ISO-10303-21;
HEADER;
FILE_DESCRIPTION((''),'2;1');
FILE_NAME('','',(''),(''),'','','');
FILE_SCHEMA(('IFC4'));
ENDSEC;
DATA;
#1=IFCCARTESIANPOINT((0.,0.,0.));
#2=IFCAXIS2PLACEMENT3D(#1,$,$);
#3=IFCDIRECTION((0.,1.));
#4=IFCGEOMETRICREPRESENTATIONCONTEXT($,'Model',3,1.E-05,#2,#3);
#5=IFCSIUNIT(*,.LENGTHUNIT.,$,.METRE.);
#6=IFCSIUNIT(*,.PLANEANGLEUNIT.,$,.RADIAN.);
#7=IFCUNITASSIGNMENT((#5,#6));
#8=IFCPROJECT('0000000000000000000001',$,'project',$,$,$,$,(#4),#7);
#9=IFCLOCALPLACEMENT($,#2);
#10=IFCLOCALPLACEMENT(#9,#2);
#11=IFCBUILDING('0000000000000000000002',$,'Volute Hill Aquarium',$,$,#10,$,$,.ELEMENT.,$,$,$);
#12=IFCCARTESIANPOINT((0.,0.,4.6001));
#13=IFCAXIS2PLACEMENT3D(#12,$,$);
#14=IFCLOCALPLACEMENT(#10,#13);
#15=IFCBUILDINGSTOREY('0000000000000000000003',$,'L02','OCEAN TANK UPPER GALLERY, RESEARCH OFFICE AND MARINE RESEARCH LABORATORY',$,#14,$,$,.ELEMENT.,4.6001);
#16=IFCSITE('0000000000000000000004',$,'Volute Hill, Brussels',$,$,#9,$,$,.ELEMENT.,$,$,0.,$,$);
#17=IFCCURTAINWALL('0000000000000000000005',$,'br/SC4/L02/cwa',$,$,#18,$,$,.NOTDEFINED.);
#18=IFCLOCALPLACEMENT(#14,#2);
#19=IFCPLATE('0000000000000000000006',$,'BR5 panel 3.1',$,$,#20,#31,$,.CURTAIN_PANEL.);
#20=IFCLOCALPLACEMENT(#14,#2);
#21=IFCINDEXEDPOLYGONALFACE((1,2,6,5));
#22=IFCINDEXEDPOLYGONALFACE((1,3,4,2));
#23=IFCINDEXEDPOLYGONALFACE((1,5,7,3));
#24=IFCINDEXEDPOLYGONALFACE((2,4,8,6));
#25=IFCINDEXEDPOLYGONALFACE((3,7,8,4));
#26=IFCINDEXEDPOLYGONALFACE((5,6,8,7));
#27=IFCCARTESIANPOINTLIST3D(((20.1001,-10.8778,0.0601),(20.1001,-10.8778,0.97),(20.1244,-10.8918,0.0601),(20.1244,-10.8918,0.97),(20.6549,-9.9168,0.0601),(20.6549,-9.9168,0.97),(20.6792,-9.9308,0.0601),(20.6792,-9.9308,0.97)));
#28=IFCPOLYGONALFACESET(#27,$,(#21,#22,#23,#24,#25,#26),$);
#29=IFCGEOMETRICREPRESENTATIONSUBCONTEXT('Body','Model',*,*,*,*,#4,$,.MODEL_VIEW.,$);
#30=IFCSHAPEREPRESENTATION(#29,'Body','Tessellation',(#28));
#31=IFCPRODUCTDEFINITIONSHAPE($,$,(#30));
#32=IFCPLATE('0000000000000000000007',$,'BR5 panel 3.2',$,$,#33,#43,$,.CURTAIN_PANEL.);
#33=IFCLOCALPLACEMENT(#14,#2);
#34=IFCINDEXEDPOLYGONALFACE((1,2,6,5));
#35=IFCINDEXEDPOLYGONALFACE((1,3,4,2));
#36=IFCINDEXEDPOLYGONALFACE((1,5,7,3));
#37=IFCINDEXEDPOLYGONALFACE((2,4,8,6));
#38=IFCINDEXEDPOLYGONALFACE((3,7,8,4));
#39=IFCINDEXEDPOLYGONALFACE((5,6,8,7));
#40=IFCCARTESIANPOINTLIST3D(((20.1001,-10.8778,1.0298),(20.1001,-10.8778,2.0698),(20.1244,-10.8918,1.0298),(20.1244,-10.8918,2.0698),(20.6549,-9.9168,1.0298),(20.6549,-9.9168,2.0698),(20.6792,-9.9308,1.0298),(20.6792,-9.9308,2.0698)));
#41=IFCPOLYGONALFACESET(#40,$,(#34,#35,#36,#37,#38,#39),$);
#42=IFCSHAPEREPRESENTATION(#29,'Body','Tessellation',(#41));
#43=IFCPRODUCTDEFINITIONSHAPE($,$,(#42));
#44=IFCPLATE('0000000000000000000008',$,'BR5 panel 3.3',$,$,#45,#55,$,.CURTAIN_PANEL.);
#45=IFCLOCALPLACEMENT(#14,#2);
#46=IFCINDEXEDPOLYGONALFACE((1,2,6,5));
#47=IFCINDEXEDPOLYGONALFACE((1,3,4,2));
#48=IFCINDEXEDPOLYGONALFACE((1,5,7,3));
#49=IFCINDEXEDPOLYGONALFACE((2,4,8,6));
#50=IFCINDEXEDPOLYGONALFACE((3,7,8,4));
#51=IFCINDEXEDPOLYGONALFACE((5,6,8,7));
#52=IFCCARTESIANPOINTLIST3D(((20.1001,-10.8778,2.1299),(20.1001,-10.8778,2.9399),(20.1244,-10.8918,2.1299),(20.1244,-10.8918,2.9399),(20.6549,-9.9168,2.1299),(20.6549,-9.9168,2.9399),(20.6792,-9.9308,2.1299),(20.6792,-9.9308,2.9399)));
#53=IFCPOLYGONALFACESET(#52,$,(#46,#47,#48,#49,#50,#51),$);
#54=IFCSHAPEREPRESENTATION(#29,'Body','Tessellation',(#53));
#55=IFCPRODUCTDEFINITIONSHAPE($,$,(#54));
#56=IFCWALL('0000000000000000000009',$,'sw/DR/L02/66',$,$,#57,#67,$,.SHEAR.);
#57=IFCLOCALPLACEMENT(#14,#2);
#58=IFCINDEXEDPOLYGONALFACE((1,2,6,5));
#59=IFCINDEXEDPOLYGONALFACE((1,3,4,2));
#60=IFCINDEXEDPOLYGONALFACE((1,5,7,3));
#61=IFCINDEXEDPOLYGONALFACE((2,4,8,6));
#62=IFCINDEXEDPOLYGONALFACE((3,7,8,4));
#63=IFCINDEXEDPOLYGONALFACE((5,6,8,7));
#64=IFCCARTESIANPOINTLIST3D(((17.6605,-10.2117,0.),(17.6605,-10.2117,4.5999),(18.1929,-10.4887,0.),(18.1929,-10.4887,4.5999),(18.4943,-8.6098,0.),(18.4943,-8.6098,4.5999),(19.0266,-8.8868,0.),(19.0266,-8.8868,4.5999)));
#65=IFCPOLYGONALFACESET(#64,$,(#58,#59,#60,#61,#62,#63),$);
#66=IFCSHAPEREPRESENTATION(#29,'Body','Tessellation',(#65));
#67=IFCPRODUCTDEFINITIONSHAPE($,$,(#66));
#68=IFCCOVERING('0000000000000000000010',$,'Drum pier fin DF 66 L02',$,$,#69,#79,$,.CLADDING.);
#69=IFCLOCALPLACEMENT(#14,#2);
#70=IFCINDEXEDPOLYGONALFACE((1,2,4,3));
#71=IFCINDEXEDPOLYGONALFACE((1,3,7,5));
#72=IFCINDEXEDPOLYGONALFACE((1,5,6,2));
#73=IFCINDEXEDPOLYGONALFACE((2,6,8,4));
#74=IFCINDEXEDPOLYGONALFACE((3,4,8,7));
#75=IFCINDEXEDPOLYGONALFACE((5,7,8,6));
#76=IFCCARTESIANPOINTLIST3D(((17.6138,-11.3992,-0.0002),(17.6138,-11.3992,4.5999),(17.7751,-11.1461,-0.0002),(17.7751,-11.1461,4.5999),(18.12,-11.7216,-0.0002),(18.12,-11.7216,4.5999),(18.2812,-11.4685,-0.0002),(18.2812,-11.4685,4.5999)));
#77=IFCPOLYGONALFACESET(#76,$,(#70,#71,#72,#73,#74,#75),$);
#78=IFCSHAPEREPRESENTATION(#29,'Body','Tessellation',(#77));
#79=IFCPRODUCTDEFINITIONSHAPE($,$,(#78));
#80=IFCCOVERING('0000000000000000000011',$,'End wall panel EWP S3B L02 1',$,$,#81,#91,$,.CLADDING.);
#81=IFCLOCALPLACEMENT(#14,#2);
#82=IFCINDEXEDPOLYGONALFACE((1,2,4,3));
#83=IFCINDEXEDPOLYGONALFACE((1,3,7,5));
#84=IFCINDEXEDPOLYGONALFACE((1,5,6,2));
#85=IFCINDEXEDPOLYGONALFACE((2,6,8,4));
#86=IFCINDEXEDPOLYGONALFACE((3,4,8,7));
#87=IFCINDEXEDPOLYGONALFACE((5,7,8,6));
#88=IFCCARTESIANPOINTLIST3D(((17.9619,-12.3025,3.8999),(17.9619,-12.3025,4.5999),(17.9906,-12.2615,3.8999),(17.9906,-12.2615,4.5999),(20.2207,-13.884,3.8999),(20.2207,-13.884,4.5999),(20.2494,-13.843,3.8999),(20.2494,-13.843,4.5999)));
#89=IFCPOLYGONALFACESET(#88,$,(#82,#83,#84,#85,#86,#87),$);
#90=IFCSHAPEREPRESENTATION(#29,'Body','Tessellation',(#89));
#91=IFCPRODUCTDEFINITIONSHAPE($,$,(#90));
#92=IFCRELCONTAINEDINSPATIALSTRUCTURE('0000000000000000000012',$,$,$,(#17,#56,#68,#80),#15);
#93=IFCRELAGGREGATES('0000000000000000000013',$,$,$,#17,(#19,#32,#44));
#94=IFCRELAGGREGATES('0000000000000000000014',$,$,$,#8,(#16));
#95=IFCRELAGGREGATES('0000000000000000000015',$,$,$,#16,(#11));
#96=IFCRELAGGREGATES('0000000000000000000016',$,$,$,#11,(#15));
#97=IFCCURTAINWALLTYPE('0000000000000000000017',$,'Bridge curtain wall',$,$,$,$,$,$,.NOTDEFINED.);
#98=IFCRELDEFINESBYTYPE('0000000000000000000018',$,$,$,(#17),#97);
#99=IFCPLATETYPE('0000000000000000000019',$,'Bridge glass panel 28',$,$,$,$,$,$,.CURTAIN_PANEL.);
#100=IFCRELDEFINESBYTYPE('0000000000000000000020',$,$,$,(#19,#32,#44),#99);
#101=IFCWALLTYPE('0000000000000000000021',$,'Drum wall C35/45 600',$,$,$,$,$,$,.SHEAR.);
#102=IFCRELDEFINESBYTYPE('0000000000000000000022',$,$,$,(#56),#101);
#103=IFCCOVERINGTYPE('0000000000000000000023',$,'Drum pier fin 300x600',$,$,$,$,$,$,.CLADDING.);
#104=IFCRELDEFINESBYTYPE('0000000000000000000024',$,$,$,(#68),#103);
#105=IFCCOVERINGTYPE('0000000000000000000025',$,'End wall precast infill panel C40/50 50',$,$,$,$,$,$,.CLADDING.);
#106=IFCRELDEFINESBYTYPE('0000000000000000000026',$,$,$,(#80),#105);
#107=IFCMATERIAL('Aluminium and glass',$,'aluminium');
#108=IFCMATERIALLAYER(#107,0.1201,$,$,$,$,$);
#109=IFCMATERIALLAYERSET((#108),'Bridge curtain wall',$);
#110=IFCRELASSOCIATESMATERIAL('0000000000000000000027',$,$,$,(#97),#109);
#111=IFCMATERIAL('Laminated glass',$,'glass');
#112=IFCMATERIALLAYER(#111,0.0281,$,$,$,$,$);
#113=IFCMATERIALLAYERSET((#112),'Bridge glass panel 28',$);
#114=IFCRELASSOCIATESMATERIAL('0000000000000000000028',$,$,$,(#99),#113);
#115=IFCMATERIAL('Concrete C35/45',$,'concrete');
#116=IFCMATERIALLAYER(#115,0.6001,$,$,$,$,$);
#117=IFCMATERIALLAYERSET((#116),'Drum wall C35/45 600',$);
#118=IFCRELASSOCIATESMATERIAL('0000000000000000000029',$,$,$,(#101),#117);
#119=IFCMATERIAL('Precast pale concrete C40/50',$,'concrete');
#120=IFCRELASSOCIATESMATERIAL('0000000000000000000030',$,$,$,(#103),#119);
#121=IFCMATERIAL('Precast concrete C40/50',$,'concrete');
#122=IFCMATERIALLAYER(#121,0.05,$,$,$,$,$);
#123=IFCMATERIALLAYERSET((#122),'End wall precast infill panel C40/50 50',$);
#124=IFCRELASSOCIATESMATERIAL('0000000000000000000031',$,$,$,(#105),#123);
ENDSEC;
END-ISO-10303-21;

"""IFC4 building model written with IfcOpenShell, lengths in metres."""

from ifc_helpers import new_model, si_unit, direction, frame, frame_2d, origin, origin_2d, place, context, subcontext, project, spatial, polyline, rectangle, outline, extrude, material, layer, layer_set, type_object, element, aggregate, save


model = new_model("IFC4")

# Units and contexts
model_context = context("Model", 3, precision=1e-05, world=origin(), true_north=direction((0.0, 1.0)))
body_context = subcontext(model_context, "Body", "Model", "MODEL_VIEW")
ifc_project = project(units=[si_unit("LENGTHUNIT", "METRE"), si_unit("PLANEANGLEUNIT", "RADIAN")], contexts=[model_context])

# Site, building, storey
site_placement = place(None, origin())
site = spatial("IfcSite", under=ifc_project, at=site_placement, Name="Volute Hill, Brussels", CompositionType="ELEMENT", RefElevation=0.0)
building_placement = place(site_placement, origin())
building = spatial("IfcBuilding", under=site, at=building_placement, Name="Volute Hill Aquarium", CompositionType="ELEMENT")
storey_placement = place(building_placement, frame((0.0, 0.0, 4.6001)))
storey = spatial("IfcBuildingStorey", under=building, at=storey_placement, Name="L02", Description="OCEAN TANK UPPER GALLERY, RESEARCH OFFICE AND MARINE RESEARCH LABORATORY", CompositionType="ELEMENT", Elevation=4.6001)

# Curtain wall, plates
ifc_material_1 = material(Name="Aluminium and glass", Category="aluminium")
ifc_layer_1 = layer(ifc_material_1, 0.1201)
ifc_layer_set_1 = layer_set([ifc_layer_1], Name="Bridge curtain wall")
curtain_wall_type = type_object("IfcCurtainWallType", Name="Bridge curtain wall", PredefinedType="NOTDEFINED", material=ifc_layer_set_1)
curtain_wall_placement = place(storey_placement, origin())
curtain_wall = element("IfcCurtainWall", 1, at=curtain_wall_placement, inside=storey, type_object=curtain_wall_type, Name="br/SC4/L02/cwa", PredefinedType="NOTDEFINED")
ifc_material_2 = material(Name="Laminated glass", Category="glass")
ifc_layer_2 = layer(ifc_material_2, 0.0281)
ifc_layer_set_2 = layer_set([ifc_layer_2], Name="Bridge glass panel 28")
plate_type = type_object("IfcPlateType", Name="Bridge glass panel 28", PredefinedType="CURTAIN_PANEL", material=ifc_layer_set_2)
plate_1_placement = place(storey_placement, frame((20.3896, -10.4043, 0.0601), z_axis=(0.0, 0.0, 1.0), x_axis=(0.50001, 0.86602, 0.0)))
plate_1 = element("IfcPlate", 2, at=plate_1_placement, type_object=plate_type, Name="BR5 panel 3.1", PredefinedType="CURTAIN_PANEL", context=body_context, shape_type="SweptSolid", body=[
    extrude(rectangle(XDim=1.1096, YDim=0.0281, at=origin_2d()), origin(), (0.0, 0.0, 1.0), 0.9099),
])
plate_2_placement = place(storey_placement, frame((20.3896, -10.4043, 1.0298), z_axis=(0.0, 0.0, 1.0), x_axis=(0.50001, 0.86602, 0.0)))
plate_2 = element("IfcPlate", 3, at=plate_2_placement, type_object=plate_type, Name="BR5 panel 3.2", PredefinedType="CURTAIN_PANEL", context=body_context, shape_type="SweptSolid", body=[
    extrude(rectangle(XDim=1.1096, YDim=0.0281, at=origin_2d()), origin(), (0.0, 0.0, 1.0), 1.04),
])
plate_3_placement = place(storey_placement, frame((20.3896, -10.4043, 2.1299), z_axis=(0.0, 0.0, 1.0), x_axis=(0.50001, 0.86602, 0.0)))
plate_3 = element("IfcPlate", 4, at=plate_3_placement, type_object=plate_type, Name="BR5 panel 3.3", PredefinedType="CURTAIN_PANEL", context=body_context, shape_type="SweptSolid", body=[
    extrude(rectangle(XDim=1.1096, YDim=0.0281, at=origin_2d()), origin(), (0.0, 0.0, 1.0), 0.8101),
])
aggregate(curtain_wall, [plate_1, plate_2, plate_3])

# Wall
ifc_material_3 = material(Name="Concrete C35/45", Category="concrete")
ifc_layer_3 = layer(ifc_material_3, 0.6001)
ifc_layer_set_3 = layer_set([ifc_layer_3], Name="Drum wall C35/45 600")
wall_type = type_object("IfcWallType", Name="Drum wall C35/45 600", PredefinedType="SHEAR", material=ifc_layer_set_3)
wall_placement = place(storey_placement, frame((17.9268, -10.3501, 0.0), z_axis=(0.0, 0.0, 1.0), x_axis=(0.461702, 0.887035, 0.0)))
element("IfcWall", 5, at=wall_placement, inside=storey, type_object=wall_type, Name="sw/DR/L02/66", PredefinedType="SHEAR", context=body_context, shape_type="SweptSolid", body=[
    extrude(rectangle(XDim=1.8059, YDim=0.6001, at=frame_2d((0.9028, 0.0))), origin(), (0.0, 0.0, 1.0), 4.5999),
])

# Coverings
ifc_material_4 = material(Name="Precast pale concrete C40/50", Category="concrete")
covering_type_1 = type_object("IfcCoveringType", Name="Drum pier fin 300x600", PredefinedType="CLADDING", material=ifc_material_4)
covering_1_placement = place(storey_placement, frame((17.9475, -11.4338, -0.0002), z_axis=(0.0, 0.0, 1.0), x_axis=(0.5373, 0.843391, 0.0)))
element("IfcCovering", 6, at=covering_1_placement, inside=storey, type_object=covering_type_1, Name="Drum pier fin DF 66 L02", PredefinedType="CLADDING", context=body_context, shape_type="SweptSolid", body=[
    extrude(rectangle(XDim=0.3, YDim=0.6001, at=origin_2d()), origin(), (0.0, 0.0, 1.0), 4.6001),
])
ifc_material_5 = material(Name="Precast concrete C40/50", Category="concrete")
ifc_layer_4 = layer(ifc_material_5, 0.05)
ifc_layer_set_4 = layer_set([ifc_layer_4], Name="End wall precast infill panel C40/50 50")
covering_type_2 = type_object("IfcCoveringType", Name="End wall precast infill panel C40/50 50", PredefinedType="CLADDING", material=ifc_layer_set_4)
covering_2_placement = place(storey_placement, frame((17.9619, -12.3025, 3.8999), z_axis=(-0.573557, -0.819165, 0.0), x_axis=(0.819165, -0.573557, 0.0)))
element("IfcCovering", 7, at=covering_2_placement, inside=storey, type_object=covering_type_2, Name="End wall panel EWP S3B L02 1", PredefinedType="CLADDING", context=body_context, shape_type="SweptSolid", body=[
    extrude(outline(polyline([(0.0, 0.0), (2.7574, 0.0), (2.7574, 0.7), (0.0, 0.7), (0.0, 0.0)])), origin(), (0.0, 0.0, -1.0), 0.05),
])

save(model, "model.ifc")
